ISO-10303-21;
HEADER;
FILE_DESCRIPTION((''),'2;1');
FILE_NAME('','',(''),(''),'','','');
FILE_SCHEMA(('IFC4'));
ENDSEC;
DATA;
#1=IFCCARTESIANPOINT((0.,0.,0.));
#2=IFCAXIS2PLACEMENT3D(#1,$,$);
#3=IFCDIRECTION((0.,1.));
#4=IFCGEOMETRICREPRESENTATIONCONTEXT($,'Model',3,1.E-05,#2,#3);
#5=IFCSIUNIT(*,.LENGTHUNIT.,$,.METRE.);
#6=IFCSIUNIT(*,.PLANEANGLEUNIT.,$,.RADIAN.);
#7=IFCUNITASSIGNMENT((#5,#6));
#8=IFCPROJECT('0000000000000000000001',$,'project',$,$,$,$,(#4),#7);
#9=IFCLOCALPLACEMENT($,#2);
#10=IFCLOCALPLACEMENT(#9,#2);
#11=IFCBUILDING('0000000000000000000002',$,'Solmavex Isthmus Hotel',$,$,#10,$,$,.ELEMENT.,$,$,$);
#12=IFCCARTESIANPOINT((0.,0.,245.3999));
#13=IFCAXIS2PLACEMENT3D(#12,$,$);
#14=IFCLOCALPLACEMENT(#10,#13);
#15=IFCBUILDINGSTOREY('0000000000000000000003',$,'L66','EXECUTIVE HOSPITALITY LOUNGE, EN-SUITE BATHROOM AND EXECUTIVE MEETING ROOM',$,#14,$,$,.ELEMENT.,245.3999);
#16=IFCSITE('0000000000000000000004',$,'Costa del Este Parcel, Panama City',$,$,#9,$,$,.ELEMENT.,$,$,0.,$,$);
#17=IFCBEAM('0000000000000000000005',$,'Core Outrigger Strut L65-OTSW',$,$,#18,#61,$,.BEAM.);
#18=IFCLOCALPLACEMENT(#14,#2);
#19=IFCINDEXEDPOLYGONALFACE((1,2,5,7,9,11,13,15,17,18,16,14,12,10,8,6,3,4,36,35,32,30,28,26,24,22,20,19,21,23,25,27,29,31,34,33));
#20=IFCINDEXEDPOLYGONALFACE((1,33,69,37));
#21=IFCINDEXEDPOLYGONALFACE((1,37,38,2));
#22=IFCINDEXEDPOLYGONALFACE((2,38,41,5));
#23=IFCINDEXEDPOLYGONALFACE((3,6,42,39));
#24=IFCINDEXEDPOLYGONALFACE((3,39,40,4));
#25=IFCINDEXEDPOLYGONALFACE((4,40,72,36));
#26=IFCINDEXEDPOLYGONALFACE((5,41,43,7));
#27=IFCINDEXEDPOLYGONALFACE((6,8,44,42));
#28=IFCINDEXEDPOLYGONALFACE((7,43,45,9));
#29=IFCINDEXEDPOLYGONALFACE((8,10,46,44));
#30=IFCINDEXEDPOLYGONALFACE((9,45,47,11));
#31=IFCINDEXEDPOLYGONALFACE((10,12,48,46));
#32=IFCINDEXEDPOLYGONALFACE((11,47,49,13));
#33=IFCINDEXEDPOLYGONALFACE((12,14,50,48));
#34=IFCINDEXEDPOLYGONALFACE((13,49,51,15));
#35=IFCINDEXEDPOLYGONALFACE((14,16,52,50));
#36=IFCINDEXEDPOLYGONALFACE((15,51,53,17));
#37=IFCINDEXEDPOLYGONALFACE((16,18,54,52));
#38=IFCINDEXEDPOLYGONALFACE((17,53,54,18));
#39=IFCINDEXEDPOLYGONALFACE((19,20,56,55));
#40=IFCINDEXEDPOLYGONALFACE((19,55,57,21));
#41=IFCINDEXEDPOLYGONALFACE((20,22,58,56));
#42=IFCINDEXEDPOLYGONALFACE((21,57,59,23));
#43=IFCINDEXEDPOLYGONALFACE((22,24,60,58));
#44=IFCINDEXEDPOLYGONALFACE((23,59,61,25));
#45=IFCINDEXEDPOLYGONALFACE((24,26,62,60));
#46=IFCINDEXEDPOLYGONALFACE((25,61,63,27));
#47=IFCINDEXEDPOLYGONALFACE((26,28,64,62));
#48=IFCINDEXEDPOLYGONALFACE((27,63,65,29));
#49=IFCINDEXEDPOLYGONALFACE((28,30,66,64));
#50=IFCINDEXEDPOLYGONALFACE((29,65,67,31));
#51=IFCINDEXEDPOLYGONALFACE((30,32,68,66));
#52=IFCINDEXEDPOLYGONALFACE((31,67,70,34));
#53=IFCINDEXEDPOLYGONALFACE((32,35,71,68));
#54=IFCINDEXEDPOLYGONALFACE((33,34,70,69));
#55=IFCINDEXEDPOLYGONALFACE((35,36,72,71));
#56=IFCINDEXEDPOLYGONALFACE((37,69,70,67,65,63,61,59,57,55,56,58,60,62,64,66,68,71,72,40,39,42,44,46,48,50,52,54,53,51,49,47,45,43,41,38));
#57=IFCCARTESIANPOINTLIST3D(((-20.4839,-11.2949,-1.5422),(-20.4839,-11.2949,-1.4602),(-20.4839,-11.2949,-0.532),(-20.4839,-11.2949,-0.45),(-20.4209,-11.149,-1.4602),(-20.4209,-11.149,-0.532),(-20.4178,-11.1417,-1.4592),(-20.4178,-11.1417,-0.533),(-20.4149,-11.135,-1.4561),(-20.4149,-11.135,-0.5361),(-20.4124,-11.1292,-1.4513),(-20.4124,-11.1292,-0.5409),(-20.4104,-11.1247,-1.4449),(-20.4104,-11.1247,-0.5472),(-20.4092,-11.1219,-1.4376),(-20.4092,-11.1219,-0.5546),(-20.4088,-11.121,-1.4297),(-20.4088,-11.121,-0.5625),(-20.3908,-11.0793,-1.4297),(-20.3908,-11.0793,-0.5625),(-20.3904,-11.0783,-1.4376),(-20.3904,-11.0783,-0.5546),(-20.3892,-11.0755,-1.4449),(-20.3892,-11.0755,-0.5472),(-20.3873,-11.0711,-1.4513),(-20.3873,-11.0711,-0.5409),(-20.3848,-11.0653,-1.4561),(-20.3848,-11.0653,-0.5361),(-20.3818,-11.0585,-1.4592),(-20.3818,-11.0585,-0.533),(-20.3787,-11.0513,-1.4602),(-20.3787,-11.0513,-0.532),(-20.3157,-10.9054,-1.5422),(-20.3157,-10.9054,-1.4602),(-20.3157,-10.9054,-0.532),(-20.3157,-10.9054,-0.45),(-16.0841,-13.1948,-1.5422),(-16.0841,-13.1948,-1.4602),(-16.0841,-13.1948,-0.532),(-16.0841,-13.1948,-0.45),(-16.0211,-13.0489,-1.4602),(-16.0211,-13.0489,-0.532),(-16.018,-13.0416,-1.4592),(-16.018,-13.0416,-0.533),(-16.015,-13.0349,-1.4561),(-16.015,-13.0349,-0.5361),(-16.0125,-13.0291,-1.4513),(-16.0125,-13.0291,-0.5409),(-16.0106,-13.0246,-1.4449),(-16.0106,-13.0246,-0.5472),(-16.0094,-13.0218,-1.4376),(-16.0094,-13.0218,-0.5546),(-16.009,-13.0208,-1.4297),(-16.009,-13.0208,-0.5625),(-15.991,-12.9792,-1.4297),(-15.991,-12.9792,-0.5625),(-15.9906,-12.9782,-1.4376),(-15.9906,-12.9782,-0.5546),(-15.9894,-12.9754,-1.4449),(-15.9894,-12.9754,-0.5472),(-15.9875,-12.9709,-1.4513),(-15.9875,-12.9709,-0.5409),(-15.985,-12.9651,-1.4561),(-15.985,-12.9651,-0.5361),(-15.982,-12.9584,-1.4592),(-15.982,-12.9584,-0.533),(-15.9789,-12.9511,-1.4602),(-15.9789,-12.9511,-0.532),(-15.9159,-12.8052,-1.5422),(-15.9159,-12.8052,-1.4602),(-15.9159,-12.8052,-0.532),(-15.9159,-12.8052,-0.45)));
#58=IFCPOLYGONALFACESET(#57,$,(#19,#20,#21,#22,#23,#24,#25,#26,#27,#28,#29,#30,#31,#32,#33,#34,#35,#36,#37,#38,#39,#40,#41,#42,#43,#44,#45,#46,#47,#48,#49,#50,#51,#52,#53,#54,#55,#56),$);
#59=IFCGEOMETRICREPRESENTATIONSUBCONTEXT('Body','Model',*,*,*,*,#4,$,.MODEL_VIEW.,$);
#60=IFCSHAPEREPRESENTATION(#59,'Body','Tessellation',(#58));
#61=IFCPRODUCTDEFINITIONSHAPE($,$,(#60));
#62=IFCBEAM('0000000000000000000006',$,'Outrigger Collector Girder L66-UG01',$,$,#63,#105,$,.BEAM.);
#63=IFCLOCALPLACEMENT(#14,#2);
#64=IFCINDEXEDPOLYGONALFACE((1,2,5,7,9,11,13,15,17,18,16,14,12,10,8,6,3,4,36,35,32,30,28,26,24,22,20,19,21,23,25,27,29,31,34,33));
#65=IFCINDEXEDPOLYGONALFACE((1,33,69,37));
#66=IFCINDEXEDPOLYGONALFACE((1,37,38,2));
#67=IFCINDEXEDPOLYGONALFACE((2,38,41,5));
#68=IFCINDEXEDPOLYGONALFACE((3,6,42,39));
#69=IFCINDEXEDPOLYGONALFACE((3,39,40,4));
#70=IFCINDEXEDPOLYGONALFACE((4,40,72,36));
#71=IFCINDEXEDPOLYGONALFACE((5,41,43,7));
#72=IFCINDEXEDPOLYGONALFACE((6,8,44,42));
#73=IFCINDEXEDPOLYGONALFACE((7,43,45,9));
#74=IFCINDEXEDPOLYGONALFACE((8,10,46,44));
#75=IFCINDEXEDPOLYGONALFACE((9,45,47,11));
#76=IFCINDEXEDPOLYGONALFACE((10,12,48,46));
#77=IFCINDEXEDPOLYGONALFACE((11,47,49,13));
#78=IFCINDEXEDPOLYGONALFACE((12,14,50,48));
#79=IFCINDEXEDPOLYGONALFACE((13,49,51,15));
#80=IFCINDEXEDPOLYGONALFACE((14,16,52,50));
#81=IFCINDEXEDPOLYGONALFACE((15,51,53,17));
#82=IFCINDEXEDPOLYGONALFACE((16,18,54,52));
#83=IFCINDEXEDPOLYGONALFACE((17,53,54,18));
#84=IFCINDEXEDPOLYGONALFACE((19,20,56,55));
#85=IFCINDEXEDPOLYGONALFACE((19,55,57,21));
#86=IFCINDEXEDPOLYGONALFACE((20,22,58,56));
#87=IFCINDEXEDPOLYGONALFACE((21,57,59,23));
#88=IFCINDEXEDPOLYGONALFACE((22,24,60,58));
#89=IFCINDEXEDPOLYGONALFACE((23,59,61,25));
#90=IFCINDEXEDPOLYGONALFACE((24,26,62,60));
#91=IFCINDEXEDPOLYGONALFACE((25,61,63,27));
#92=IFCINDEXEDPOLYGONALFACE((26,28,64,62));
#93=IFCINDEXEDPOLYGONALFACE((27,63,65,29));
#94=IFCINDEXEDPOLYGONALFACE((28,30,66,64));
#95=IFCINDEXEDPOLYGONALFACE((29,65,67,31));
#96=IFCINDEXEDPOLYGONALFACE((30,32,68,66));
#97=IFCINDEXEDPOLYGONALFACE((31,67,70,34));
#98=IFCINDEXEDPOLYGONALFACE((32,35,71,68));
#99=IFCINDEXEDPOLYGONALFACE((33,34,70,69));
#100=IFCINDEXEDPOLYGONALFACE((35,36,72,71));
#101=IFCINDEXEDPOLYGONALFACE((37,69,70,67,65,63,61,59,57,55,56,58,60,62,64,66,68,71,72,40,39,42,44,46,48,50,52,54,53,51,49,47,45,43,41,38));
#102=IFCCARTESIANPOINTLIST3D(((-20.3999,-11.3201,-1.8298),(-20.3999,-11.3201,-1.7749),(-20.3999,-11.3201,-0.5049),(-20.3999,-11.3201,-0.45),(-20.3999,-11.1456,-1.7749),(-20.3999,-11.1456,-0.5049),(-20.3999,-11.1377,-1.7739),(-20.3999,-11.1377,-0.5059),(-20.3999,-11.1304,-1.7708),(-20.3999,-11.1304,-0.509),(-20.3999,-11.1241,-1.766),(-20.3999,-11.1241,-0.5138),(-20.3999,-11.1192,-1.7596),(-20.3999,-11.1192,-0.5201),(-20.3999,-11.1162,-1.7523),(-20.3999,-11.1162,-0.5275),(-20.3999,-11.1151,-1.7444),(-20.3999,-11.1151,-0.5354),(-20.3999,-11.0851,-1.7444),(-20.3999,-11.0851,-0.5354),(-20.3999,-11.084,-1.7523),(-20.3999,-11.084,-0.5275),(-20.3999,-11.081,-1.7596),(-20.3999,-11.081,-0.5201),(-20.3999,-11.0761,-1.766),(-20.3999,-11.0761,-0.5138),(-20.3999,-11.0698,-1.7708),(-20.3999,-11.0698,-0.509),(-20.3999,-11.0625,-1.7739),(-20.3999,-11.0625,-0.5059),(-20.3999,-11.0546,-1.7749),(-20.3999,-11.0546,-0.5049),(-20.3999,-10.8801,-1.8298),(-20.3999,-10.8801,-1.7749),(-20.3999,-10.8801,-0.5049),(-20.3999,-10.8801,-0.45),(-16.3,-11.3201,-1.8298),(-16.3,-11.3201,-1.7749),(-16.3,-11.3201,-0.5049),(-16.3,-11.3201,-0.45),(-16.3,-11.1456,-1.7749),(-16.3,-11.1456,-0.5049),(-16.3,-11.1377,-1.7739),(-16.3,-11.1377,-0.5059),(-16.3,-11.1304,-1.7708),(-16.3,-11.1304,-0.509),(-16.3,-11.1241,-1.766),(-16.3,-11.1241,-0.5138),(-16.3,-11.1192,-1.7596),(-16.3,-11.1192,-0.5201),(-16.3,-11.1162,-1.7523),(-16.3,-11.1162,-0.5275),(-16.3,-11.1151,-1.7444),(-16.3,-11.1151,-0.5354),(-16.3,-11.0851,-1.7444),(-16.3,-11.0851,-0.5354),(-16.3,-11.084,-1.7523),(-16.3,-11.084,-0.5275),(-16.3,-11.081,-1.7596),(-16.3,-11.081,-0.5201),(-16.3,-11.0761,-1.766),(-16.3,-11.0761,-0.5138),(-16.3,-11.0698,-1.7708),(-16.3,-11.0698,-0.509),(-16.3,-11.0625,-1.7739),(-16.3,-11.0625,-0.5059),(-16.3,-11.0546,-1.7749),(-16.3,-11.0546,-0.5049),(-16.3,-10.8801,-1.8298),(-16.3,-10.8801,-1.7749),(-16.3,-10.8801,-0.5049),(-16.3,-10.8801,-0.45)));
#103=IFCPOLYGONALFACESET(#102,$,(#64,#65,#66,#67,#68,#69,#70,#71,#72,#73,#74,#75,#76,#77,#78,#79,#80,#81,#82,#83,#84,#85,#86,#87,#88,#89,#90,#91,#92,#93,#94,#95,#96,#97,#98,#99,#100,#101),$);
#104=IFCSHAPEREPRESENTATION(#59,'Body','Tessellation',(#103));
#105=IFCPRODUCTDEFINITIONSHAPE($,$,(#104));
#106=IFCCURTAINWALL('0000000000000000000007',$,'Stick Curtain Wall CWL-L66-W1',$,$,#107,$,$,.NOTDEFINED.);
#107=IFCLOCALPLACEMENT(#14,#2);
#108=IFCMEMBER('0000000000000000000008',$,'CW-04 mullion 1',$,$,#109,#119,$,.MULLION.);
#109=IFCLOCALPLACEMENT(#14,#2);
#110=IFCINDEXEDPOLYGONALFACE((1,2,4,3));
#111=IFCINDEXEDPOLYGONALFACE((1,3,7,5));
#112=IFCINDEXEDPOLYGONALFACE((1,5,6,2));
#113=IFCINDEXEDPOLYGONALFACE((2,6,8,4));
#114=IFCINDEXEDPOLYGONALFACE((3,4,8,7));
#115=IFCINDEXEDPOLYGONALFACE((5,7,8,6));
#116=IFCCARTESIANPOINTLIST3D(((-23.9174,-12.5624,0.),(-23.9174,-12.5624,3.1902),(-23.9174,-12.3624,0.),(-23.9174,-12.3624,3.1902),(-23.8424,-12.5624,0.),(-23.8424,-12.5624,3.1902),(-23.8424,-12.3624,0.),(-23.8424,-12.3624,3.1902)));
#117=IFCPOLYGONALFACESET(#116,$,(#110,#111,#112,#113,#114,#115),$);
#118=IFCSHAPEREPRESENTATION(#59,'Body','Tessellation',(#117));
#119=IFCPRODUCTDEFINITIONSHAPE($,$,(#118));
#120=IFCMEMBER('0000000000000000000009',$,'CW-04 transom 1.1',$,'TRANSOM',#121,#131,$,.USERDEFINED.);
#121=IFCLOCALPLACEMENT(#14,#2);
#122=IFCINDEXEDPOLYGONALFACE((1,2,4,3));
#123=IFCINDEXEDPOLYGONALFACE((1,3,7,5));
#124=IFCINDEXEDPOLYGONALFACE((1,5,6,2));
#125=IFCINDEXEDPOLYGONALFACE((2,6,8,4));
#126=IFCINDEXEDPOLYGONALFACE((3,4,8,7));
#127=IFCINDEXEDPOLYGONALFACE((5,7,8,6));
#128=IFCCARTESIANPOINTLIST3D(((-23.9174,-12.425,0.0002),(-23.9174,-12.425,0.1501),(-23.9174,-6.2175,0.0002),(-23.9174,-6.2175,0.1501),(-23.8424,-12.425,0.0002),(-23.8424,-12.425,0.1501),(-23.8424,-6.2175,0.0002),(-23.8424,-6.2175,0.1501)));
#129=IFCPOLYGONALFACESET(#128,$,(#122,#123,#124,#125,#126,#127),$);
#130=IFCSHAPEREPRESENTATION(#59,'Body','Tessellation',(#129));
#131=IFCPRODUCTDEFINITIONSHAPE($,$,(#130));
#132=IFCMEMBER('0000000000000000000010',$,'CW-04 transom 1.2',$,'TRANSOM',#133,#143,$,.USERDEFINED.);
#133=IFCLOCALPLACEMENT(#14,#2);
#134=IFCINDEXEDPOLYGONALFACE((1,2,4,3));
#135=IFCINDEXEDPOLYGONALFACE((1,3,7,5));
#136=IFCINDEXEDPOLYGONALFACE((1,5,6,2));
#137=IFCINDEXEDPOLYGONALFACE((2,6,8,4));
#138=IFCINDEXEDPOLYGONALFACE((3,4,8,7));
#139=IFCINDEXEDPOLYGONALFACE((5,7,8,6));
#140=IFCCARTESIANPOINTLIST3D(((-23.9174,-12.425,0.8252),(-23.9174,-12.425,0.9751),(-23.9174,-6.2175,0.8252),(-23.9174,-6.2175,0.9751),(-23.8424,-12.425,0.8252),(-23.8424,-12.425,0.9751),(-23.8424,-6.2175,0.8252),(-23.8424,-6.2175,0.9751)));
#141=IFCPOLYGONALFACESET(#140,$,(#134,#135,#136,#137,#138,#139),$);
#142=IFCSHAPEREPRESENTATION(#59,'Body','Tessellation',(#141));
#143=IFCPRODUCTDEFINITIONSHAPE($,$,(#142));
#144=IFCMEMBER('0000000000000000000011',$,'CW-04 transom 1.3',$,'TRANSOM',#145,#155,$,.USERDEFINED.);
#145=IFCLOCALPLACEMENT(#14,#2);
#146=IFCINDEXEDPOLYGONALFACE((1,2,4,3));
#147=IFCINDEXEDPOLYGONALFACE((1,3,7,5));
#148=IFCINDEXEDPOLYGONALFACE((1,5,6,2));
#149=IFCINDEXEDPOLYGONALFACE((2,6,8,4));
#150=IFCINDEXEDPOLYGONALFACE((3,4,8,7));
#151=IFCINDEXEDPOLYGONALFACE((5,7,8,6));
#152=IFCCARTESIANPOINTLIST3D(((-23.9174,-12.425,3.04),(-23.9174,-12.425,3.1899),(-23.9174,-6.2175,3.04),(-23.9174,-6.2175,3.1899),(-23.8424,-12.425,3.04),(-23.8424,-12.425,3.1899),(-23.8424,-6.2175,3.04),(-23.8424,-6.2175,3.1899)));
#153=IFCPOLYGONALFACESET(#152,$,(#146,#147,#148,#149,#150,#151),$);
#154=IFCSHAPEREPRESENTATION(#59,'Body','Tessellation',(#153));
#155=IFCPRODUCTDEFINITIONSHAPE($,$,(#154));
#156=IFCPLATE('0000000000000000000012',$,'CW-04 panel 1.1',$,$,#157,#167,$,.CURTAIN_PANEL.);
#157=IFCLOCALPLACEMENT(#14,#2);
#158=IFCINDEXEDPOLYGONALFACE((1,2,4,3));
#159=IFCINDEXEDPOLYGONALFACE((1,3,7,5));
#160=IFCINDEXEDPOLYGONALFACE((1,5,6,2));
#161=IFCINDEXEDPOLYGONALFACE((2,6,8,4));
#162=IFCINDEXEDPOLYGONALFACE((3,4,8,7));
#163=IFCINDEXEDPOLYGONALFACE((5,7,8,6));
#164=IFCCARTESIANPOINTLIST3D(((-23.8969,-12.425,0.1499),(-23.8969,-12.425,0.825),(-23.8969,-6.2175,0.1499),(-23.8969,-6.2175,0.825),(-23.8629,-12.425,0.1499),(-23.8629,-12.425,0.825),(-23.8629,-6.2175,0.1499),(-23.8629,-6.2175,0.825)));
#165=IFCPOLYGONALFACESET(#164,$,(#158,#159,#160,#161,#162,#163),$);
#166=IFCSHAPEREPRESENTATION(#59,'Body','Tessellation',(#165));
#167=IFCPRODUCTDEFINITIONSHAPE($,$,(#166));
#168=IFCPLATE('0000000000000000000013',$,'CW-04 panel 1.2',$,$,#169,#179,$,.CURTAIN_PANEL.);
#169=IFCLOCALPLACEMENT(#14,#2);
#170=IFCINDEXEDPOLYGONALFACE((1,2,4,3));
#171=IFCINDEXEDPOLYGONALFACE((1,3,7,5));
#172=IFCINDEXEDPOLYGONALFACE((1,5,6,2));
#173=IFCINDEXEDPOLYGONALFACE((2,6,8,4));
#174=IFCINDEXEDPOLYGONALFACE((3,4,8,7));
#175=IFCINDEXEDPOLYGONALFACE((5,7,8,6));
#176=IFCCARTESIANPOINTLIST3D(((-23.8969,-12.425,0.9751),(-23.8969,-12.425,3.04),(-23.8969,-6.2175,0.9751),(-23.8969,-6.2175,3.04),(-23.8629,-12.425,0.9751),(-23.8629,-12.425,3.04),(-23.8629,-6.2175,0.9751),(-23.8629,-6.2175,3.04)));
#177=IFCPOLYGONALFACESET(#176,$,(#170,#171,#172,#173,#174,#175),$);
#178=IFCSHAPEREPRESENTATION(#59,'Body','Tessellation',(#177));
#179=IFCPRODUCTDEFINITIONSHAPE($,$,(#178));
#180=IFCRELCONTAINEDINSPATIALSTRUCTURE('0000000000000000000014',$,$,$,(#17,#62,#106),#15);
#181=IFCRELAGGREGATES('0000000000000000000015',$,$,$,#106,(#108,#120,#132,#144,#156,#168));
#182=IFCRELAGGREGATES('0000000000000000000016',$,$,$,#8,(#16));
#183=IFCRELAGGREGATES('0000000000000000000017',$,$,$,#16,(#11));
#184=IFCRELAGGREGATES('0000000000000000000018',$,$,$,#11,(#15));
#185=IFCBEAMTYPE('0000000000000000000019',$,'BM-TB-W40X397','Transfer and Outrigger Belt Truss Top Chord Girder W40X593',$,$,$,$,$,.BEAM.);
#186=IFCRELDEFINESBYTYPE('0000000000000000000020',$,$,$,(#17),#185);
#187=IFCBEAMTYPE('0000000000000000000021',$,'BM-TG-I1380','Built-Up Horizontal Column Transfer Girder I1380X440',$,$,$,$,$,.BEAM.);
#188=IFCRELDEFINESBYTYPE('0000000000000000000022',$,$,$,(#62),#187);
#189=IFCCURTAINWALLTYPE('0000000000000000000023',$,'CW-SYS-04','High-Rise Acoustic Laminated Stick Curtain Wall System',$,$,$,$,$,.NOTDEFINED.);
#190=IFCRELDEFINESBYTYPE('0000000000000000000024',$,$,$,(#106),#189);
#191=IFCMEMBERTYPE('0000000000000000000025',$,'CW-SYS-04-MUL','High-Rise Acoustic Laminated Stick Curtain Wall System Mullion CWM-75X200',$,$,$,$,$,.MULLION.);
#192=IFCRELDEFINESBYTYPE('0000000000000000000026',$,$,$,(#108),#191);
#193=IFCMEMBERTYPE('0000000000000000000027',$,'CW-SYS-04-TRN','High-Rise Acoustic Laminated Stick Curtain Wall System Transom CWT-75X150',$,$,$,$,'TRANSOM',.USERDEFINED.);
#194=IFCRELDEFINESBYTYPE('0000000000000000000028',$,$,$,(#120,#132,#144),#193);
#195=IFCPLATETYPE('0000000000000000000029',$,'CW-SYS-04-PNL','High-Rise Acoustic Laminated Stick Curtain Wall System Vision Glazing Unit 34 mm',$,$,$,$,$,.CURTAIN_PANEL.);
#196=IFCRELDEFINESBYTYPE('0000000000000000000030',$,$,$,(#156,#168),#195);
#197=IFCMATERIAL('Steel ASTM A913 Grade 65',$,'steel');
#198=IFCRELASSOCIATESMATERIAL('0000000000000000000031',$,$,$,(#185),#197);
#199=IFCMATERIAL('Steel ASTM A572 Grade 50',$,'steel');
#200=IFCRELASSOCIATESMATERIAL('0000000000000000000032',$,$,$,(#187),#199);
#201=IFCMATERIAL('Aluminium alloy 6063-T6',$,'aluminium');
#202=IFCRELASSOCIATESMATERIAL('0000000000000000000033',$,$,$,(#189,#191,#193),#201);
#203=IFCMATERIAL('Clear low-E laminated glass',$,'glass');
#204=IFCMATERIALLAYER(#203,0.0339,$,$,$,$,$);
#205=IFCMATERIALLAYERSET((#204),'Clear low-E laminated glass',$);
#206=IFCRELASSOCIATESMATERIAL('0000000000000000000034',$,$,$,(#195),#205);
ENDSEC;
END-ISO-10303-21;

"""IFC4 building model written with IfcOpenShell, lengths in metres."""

from ifc_helpers import new_model, si_unit, direction, frame, origin, origin_2d, place, context, subcontext, project, spatial, rectangle, i_section, extrude, material, layer, layer_set, material_profile, profile_set, type_object, element, aggregate, save


model = new_model("IFC4")

# Units and contexts
model_context = context("Model", 3, precision=1e-05, world=origin(), true_north=direction((0.0, 1.0)))
body_context = subcontext(model_context, "Body", "Model", "MODEL_VIEW")
ifc_project = project(units=[si_unit("LENGTHUNIT", "METRE"), si_unit("PLANEANGLEUNIT", "RADIAN")], contexts=[model_context])

# Site, building, storey
site_placement = place(None, origin())
site = spatial("IfcSite", under=ifc_project, at=site_placement, Name="Costa del Este Parcel, Panama City", CompositionType="ELEMENT", RefElevation=0.0)
building_placement = place(site_placement, origin())
building = spatial("IfcBuilding", under=site, at=building_placement, Name="Solmavex Isthmus Hotel", CompositionType="ELEMENT")
storey_placement = place(building_placement, frame((0.0, 0.0, 245.3999)))
storey = spatial("IfcBuildingStorey", under=building, at=storey_placement, Name="L66", Description="EXECUTIVE HOSPITALITY LOUNGE, EN-SUITE BATHROOM AND EXECUTIVE MEETING ROOM", CompositionType="ELEMENT", Elevation=245.3999)

# Shared definitions
ifc_material_1 = material(Name="Steel ASTM A913 Grade 65", Category="steel")

# Beams
ifc_material_2 = material(Name="Steel ASTM A572 Grade 50", Category="steel")
ifc_material_profile_1 = material_profile(ifc_material_1, i_section(OverallWidth=0.4243, OverallDepth=1.0923, WebThickness=0.0454, FlangeThickness=0.082, FilletRadius=0.0305, at=origin_2d()), Name="W40X593")
ifc_profile_set_1 = profile_set([ifc_material_profile_1], Name="Steel ASTM A913 Grade 65")
beam_type_1 = type_object("IfcBeamType", Name="BM-TB-W40X397", Description="Transfer and Outrigger Belt Truss Top Chord Girder W40X593", PredefinedType="BEAM", material=ifc_profile_set_1)
beam_1_placement = place(storey_placement, frame((-16.0, -13.0, -0.9961), z_axis=(-0.918067, 0.396426, 0.0), x_axis=(-0.396426, -0.918067, 0.0)))
element("IfcBeam", 1, at=beam_1_placement, inside=storey, type_object=beam_type_1, Name="Core Outrigger Strut L65-OTSW", PredefinedType="BEAM", context=body_context, shape_type="SweptSolid", body=[
    extrude(i_section(OverallWidth=0.4243, OverallDepth=1.0923, WebThickness=0.0454, FlangeThickness=0.082, FilletRadius=0.0305, at=origin_2d()), origin(), (0.0, 0.0, 1.0), 4.7925),
])
ifc_material_profile_2 = material_profile(ifc_material_2, i_section(OverallWidth=0.4399, OverallDepth=1.3799, WebThickness=0.03, FlangeThickness=0.0549, FilletRadius=0.0305, at=origin_2d()), Name="I1380X440")
ifc_profile_set_2 = profile_set([ifc_material_profile_2], Name="Steel ASTM A572 Grade 50")
beam_type_2 = type_object("IfcBeamType", Name="BM-TG-I1380", Description="Built-Up Horizontal Column Transfer Girder I1380X440", PredefinedType="BEAM", material=ifc_profile_set_2)
beam_2_placement = place(storey_placement, frame((-20.3999, -11.1001, -1.1399), z_axis=(1.0, 0.0, 0.0), x_axis=(0.0, 1.0, 0.0)))
element("IfcBeam", 2, at=beam_2_placement, inside=storey, type_object=beam_type_2, Name="Outrigger Collector Girder L66-UG01", PredefinedType="BEAM", context=body_context, shape_type="SweptSolid", body=[
    extrude(i_section(OverallWidth=0.4399, OverallDepth=1.3799, WebThickness=0.03, FlangeThickness=0.0549, FilletRadius=0.0305, at=origin_2d()), origin(), (0.0, 0.0, 1.0), 4.0999),
])

# Curtain wall, members, plates
ifc_material_3 = material(Name="Aluminium alloy 6063-T6", Category="aluminium")
curtain_wall_type = type_object("IfcCurtainWallType", Name="CW-SYS-04", Description="High-Rise Acoustic Laminated Stick Curtain Wall System", PredefinedType="NOTDEFINED", material=ifc_material_3)
curtain_wall_placement = place(storey_placement, origin())
curtain_wall = element("IfcCurtainWall", 3, at=curtain_wall_placement, inside=storey, type_object=curtain_wall_type, Name="Stick Curtain Wall CWL-L66-W1", PredefinedType="NOTDEFINED")
ifc_material_profile_3 = material_profile(ifc_material_3, rectangle(XDim=0.075, YDim=0.2, at=origin_2d()), Name="CWM-75X200")
ifc_profile_set_3 = profile_set([ifc_material_profile_3], Name="Aluminium alloy 6063-T6")
member_type_1 = type_object("IfcMemberType", Name="CW-SYS-04-MUL", Description="High-Rise Acoustic Laminated Stick Curtain Wall System Mullion CWM-75X200", PredefinedType="MULLION", material=ifc_profile_set_3)
member_1_placement = place(storey_placement, frame((-23.8799, -12.4624, 0.0), z_axis=(0.0, 0.0, 1.0), x_axis=(-1.0, 0.0, 0.0)))
member_1 = element("IfcMember", 4, at=member_1_placement, type_object=member_type_1, Name="CW-04 mullion 1", PredefinedType="MULLION", context=body_context, shape_type="SweptSolid", body=[
    extrude(rectangle(XDim=0.075, YDim=0.2, at=origin_2d()), origin(), (0.0, 0.0, 1.0), 3.1902),
])
ifc_material_profile_4 = material_profile(ifc_material_3, rectangle(XDim=0.075, YDim=0.1499, at=origin_2d()), Name="CWT-75X150")
ifc_profile_set_4 = profile_set([ifc_material_profile_4], Name="Aluminium alloy 6063-T6")
member_type_2 = type_object("IfcMemberType", Name="CW-SYS-04-TRN", Description="High-Rise Acoustic Laminated Stick Curtain Wall System Transom CWT-75X150", ElementType="TRANSOM", PredefinedType="USERDEFINED", material=ifc_profile_set_4)
member_2_placement = place(storey_placement, frame((-23.8799, -12.425, 0.0752), z_axis=(0.0, 1.0, 0.0), x_axis=(-1.0, 0.0, 0.0)))
member_2 = element("IfcMember", 5, at=member_2_placement, type_object=member_type_2, Name="CW-04 transom 1.1", ObjectType="TRANSOM", PredefinedType="USERDEFINED", context=body_context, shape_type="SweptSolid", body=[
    extrude(rectangle(XDim=0.075, YDim=0.1499, at=origin_2d()), origin(), (0.0, 0.0, 1.0), 6.2075),
])
member_3_placement = place(storey_placement, frame((-23.8799, -12.425, 0.9001), z_axis=(0.0, 1.0, 0.0), x_axis=(-1.0, 0.0, 0.0)))
member_3 = element("IfcMember", 6, at=member_3_placement, type_object=member_type_2, Name="CW-04 transom 1.2", ObjectType="TRANSOM", PredefinedType="USERDEFINED", context=body_context, shape_type="SweptSolid", body=[
    extrude(rectangle(XDim=0.075, YDim=0.1499, at=origin_2d()), origin(), (0.0, 0.0, 1.0), 6.2075),
])
member_4_placement = place(storey_placement, frame((-23.8799, -12.425, 3.115), z_axis=(0.0, 1.0, 0.0), x_axis=(-1.0, 0.0, 0.0)))
member_4 = element("IfcMember", 7, at=member_4_placement, type_object=member_type_2, Name="CW-04 transom 1.3", ObjectType="TRANSOM", PredefinedType="USERDEFINED", context=body_context, shape_type="SweptSolid", body=[
    extrude(rectangle(XDim=0.075, YDim=0.1499, at=origin_2d()), origin(), (0.0, 0.0, 1.0), 6.2075),
])
ifc_material_4 = material(Name="Clear low-E laminated glass", Category="glass")
ifc_layer_1 = layer(ifc_material_4, 0.0339)
ifc_layer_set_1 = layer_set([ifc_layer_1], Name="Clear low-E laminated glass")
plate_type_1 = type_object("IfcPlateType", Name="CW-SYS-04-PNL", Description="High-Rise Acoustic Laminated Stick Curtain Wall System Vision Glazing Unit 34 mm", PredefinedType="CURTAIN_PANEL", material=ifc_layer_set_1)
plate_1_placement = place(storey_placement, frame((-23.8799, -9.3213, 0.1499), z_axis=(0.0, 0.0, 1.0), x_axis=(0.0, 1.0, 0.0)))
plate_1 = element("IfcPlate", 8, at=plate_1_placement, type_object=plate_type_1, Name="CW-04 panel 1.1", PredefinedType="CURTAIN_PANEL", context=body_context, shape_type="SweptSolid", body=[
    extrude(rectangle(XDim=6.2075, YDim=0.0339, at=origin_2d()), origin(), (0.0, 0.0, 1.0), 0.675),
])
plate_2_placement = place(storey_placement, frame((-23.8799, -9.3213, 0.9751), z_axis=(0.0, 0.0, 1.0), x_axis=(0.0, 1.0, 0.0)))
plate_2 = element("IfcPlate", 9, at=plate_2_placement, type_object=plate_type_1, Name="CW-04 panel 1.2", PredefinedType="CURTAIN_PANEL", context=body_context, shape_type="SweptSolid", body=[
    extrude(rectangle(XDim=6.2075, YDim=0.0339, at=origin_2d()), origin(), (0.0, 0.0, 1.0), 2.0649),
])
aggregate(curtain_wall, [member_1, member_2, member_3, member_4, plate_1, plate_2])

save(model, "model.ifc")
